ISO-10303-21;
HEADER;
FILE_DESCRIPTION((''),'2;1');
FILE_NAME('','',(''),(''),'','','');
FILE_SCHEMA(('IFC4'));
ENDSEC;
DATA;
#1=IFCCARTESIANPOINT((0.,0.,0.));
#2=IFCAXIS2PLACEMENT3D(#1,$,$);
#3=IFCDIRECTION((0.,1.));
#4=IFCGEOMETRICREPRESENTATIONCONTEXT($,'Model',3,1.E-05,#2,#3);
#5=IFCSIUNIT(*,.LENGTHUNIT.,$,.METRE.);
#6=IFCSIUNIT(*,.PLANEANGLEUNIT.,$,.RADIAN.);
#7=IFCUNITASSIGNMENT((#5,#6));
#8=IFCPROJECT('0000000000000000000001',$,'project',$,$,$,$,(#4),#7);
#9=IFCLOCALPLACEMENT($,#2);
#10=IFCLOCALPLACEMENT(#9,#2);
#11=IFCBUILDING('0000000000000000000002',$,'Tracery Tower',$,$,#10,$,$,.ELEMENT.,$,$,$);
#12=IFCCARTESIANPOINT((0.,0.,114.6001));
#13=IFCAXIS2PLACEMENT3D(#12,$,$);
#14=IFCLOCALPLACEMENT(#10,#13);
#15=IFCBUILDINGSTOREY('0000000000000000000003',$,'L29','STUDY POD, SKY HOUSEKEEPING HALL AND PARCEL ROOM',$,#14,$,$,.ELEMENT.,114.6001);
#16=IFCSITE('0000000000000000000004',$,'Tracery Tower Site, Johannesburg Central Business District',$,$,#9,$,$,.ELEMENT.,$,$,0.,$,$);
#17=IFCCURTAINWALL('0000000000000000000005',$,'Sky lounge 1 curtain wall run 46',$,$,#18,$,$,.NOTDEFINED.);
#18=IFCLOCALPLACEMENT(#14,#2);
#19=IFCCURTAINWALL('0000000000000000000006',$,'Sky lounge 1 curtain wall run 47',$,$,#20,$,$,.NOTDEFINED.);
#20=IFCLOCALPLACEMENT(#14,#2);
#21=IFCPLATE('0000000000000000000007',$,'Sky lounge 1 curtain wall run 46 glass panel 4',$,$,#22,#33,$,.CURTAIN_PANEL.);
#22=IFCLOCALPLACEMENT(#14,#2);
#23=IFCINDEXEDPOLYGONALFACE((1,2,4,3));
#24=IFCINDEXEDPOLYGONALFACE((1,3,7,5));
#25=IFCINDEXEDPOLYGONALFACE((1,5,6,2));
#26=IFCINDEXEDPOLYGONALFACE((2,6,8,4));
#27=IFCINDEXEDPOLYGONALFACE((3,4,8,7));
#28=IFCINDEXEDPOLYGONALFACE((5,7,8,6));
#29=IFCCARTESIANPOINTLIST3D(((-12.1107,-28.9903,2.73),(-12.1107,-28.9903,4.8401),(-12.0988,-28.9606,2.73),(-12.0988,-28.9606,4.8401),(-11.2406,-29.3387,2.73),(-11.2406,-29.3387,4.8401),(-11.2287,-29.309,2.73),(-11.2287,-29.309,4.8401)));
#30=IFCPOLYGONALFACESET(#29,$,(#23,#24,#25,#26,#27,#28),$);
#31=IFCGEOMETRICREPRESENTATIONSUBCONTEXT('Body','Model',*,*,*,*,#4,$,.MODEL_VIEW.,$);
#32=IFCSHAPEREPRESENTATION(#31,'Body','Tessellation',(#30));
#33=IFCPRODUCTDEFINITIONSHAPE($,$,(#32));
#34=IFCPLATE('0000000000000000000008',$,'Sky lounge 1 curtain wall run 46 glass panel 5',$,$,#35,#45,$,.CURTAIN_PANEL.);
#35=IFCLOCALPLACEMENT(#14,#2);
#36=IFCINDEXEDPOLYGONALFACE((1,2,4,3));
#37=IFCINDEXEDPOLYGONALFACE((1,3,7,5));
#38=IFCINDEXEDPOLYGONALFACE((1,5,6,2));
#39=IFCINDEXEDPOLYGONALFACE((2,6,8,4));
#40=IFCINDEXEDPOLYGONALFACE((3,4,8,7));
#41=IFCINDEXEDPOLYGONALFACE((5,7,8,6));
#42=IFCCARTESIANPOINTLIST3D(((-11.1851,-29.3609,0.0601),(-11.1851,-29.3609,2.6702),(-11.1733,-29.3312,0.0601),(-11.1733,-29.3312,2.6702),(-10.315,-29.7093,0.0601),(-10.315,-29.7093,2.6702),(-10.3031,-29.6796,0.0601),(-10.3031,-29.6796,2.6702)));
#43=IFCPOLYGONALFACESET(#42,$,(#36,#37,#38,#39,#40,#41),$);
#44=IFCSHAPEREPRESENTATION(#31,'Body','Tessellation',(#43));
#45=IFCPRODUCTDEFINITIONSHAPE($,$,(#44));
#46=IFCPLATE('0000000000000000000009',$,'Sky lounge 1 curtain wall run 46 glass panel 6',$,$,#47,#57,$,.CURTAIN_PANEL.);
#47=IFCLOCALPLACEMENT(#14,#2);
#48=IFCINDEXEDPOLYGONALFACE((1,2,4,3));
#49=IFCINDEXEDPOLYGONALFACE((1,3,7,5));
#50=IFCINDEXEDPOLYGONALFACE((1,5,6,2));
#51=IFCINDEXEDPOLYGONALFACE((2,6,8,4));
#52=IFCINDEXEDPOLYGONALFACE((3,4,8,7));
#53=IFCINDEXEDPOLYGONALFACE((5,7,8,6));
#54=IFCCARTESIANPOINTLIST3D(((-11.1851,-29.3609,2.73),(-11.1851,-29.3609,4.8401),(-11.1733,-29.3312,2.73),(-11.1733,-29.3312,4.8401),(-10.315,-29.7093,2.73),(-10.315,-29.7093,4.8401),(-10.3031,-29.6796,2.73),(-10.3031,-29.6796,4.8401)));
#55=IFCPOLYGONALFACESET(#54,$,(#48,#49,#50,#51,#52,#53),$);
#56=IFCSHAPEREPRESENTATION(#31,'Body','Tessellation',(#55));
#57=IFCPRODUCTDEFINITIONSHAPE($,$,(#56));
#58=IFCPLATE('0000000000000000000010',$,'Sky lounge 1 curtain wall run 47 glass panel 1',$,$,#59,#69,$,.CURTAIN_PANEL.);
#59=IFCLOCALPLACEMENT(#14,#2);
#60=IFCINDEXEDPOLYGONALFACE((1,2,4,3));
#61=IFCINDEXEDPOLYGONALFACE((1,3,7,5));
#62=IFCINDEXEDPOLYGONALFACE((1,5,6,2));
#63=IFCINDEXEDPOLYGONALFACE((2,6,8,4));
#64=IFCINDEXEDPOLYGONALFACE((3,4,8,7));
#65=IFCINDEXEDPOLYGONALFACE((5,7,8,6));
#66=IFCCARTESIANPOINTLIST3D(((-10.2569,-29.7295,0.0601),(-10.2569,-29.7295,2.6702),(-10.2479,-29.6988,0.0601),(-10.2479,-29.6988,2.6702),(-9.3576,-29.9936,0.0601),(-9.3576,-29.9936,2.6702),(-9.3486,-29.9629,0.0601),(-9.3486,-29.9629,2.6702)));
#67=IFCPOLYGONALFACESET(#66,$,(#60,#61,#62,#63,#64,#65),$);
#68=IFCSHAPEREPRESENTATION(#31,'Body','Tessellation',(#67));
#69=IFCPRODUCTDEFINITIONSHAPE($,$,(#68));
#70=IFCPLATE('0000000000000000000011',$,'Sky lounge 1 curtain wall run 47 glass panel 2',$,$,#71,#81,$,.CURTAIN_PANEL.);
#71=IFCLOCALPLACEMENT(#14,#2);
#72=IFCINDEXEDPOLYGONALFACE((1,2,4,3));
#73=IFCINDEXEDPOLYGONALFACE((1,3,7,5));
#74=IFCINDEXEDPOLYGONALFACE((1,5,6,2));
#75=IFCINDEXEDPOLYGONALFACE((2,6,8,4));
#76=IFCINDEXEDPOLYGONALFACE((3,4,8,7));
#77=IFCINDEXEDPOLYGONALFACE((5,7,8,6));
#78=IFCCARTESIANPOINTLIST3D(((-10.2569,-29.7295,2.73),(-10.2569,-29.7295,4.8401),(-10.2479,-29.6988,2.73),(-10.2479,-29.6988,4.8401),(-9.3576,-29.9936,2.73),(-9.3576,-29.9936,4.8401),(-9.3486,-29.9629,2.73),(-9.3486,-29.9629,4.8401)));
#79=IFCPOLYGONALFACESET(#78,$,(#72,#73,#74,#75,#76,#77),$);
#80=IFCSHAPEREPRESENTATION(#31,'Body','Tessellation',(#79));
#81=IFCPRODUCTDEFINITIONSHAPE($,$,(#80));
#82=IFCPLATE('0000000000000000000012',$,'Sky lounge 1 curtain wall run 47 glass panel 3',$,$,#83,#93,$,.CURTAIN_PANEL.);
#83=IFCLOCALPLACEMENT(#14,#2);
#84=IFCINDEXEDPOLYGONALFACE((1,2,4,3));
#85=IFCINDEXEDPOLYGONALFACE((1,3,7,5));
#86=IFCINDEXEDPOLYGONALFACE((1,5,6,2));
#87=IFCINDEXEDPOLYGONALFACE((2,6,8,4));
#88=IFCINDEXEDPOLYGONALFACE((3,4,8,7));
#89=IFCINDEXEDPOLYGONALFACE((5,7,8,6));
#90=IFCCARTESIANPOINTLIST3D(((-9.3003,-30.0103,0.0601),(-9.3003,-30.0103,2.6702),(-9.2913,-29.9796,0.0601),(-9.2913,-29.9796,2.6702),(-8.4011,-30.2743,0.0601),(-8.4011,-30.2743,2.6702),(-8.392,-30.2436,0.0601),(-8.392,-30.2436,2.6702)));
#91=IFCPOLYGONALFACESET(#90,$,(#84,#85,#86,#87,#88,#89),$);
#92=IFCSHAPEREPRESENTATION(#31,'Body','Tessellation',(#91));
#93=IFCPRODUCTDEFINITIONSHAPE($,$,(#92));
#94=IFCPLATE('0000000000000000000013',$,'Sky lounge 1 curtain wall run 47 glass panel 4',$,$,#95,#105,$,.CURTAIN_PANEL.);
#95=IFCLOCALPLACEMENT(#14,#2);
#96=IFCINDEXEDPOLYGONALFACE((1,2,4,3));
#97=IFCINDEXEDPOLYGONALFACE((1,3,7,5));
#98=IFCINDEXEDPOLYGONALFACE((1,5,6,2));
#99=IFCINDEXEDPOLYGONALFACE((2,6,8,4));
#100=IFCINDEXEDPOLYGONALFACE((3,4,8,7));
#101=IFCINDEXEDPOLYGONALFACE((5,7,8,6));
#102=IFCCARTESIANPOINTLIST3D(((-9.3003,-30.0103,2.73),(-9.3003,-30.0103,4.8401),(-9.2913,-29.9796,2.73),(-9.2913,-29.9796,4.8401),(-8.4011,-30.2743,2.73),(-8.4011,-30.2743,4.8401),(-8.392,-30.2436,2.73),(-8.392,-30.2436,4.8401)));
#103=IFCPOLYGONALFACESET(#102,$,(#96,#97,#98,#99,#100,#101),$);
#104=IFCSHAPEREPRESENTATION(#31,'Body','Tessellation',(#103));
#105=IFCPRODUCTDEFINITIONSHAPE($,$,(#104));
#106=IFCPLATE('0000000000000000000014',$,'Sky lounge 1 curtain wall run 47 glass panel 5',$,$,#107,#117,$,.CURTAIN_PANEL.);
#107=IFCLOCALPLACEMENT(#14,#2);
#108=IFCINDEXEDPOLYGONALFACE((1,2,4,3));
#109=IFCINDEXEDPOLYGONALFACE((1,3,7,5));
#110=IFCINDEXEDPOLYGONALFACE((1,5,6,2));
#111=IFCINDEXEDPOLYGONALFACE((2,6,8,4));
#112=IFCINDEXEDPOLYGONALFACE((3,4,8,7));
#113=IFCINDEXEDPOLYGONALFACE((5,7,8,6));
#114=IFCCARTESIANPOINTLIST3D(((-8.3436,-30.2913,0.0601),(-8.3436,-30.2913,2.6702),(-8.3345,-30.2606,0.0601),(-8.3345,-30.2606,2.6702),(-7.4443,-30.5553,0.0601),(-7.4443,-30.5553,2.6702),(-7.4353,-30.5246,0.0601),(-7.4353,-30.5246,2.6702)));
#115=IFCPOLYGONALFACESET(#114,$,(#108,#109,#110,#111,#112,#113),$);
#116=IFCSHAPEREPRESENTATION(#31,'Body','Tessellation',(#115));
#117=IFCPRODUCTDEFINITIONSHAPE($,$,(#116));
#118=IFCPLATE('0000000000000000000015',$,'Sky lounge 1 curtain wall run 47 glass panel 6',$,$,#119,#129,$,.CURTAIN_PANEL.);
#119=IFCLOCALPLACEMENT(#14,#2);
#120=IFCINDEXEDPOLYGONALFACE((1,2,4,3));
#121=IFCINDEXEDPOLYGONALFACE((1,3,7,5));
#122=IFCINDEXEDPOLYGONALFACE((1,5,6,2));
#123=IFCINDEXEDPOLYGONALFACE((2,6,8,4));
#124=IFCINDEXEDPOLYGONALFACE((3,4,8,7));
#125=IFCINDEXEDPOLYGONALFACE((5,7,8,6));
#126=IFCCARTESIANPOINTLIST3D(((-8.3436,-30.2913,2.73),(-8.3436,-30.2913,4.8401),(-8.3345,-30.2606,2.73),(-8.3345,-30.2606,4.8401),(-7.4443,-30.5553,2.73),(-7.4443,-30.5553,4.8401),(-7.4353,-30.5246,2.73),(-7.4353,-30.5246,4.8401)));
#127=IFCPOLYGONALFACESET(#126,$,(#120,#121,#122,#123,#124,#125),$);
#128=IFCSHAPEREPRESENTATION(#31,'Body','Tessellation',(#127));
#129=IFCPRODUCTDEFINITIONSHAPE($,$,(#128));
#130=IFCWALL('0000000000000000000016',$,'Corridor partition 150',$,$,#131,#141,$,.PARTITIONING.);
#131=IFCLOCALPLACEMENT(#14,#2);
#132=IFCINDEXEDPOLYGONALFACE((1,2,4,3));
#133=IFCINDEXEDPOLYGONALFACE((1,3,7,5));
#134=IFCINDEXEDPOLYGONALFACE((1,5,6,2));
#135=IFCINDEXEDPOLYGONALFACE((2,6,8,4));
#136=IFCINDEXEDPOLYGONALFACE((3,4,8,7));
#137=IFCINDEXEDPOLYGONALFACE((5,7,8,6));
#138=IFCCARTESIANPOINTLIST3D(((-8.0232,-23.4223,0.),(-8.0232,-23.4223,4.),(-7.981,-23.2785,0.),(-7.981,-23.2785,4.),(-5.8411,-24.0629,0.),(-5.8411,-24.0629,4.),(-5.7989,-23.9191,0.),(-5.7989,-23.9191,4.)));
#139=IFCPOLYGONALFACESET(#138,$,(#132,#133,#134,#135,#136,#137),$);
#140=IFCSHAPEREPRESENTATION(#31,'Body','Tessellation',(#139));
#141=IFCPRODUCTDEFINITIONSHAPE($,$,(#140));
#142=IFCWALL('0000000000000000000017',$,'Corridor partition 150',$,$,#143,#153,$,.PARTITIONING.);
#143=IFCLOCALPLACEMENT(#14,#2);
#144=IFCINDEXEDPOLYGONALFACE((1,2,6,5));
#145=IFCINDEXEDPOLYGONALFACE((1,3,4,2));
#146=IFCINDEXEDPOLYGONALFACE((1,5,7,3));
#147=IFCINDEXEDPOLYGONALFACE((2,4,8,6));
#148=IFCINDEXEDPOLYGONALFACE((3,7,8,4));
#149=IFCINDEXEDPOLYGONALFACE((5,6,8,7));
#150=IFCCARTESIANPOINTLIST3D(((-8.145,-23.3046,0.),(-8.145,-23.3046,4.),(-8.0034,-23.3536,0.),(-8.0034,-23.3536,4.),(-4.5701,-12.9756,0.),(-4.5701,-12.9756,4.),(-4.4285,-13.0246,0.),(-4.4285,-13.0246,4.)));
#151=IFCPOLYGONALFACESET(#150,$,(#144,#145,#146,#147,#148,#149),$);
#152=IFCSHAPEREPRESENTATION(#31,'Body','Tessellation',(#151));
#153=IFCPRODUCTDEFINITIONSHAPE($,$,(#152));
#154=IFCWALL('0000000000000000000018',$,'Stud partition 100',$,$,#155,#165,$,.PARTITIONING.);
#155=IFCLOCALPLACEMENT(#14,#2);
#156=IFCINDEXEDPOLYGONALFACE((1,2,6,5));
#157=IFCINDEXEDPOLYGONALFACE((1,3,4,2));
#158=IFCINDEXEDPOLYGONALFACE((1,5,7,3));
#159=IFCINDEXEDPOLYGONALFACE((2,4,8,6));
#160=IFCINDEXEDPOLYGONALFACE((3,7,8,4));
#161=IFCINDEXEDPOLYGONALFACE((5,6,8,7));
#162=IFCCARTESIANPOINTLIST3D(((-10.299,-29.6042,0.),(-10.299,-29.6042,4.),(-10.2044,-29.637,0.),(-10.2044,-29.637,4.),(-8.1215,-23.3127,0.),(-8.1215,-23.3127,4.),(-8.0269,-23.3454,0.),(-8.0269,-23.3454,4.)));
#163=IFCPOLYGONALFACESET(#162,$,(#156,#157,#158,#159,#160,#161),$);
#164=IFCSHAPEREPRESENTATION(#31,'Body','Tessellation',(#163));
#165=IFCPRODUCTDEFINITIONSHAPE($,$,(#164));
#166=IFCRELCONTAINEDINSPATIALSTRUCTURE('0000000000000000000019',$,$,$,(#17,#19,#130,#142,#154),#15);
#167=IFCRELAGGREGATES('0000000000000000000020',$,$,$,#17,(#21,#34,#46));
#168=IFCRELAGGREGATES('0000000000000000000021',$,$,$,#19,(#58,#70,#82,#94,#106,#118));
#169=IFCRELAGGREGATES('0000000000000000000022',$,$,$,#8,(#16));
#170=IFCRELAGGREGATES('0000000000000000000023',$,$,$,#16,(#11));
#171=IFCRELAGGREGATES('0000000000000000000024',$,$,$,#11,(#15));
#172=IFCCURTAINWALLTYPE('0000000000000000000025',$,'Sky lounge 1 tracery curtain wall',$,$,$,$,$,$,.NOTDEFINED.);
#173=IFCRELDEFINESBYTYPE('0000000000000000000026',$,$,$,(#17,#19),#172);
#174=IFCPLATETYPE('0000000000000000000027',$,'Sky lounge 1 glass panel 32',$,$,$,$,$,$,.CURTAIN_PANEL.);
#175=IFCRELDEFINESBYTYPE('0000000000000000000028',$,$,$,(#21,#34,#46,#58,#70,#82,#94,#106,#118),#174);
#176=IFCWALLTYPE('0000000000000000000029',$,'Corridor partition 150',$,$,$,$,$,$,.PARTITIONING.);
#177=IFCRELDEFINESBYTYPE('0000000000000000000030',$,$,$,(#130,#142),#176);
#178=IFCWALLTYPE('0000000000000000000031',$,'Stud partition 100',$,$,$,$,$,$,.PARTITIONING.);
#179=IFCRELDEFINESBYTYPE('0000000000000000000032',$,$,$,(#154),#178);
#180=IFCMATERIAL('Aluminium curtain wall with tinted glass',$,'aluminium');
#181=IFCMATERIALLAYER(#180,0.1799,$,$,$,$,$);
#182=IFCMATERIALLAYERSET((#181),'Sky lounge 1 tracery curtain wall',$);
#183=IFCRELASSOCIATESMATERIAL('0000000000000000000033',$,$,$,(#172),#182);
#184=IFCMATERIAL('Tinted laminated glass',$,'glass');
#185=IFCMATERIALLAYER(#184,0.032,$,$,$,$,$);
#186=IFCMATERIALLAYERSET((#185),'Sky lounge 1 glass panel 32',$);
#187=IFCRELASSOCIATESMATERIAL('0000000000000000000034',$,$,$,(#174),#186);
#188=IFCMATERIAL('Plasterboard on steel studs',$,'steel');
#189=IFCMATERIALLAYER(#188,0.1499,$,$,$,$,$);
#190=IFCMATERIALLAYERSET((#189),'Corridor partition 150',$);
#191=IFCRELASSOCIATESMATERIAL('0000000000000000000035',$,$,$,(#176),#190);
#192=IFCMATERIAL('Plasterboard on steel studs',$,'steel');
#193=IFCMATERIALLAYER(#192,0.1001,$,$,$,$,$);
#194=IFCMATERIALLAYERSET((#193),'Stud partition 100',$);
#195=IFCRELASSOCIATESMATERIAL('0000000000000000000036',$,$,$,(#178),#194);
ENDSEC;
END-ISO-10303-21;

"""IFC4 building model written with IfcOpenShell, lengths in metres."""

from ifc_helpers import new_model, si_unit, direction, frame, frame_2d, origin, origin_2d, place, context, subcontext, project, spatial, rectangle, extrude, material, layer, layer_set, type_object, element, aggregate, save


model = new_model("IFC4")

# Units and contexts
model_context = context("Model", 3, precision=1e-05, world=origin(), true_north=direction((0.0, 1.0)))
body_context = subcontext(model_context, "Body", "Model", "MODEL_VIEW")
ifc_project = project(units=[si_unit("LENGTHUNIT", "METRE"), si_unit("PLANEANGLEUNIT", "RADIAN")], contexts=[model_context])

# Site, building, storey
site_placement = place(None, origin())
site = spatial("IfcSite", under=ifc_project, at=site_placement, Name="Tracery Tower Site, Johannesburg Central Business District", CompositionType="ELEMENT", RefElevation=0.0)
building_placement = place(site_placement, origin())
building = spatial("IfcBuilding", under=site, at=building_placement, Name="Tracery Tower", CompositionType="ELEMENT")
storey_placement = place(building_placement, frame((0.0, 0.0, 114.6001)))
storey = spatial("IfcBuildingStorey", under=building, at=storey_placement, Name="L29", Description="STUDY POD, SKY HOUSEKEEPING HALL AND PARCEL ROOM", CompositionType="ELEMENT", Elevation=114.6001)

# Curtain walls
ifc_material_1 = material(Name="Aluminium curtain wall with tinted glass", Category="aluminium")
ifc_layer_1 = layer(ifc_material_1, 0.1799)
ifc_layer_set_1 = layer_set([ifc_layer_1], Name="Sky lounge 1 tracery curtain wall")
curtain_wall_type = type_object("IfcCurtainWallType", Name="Sky lounge 1 tracery curtain wall", PredefinedType="NOTDEFINED", material=ifc_layer_set_1)
curtain_wall_1_placement = place(storey_placement, origin())
curtain_wall_1 = element("IfcCurtainWall", 1, at=curtain_wall_1_placement, inside=storey, type_object=curtain_wall_type, Name="Sky lounge 1 curtain wall run 46", PredefinedType="NOTDEFINED")
curtain_wall_2_placement = place(storey_placement, origin())
curtain_wall_2 = element("IfcCurtainWall", 2, at=curtain_wall_2_placement, inside=storey, type_object=curtain_wall_type, Name="Sky lounge 1 curtain wall run 47", PredefinedType="NOTDEFINED")

# Shared definitions
ifc_material_2 = material(Name="Tinted laminated glass", Category="glass")
ifc_layer_2 = layer(ifc_material_2, 0.032)
ifc_layer_set_2 = layer_set([ifc_layer_2], Name="Sky lounge 1 glass panel 32")
plate_type = type_object("IfcPlateType", Name="Sky lounge 1 glass panel 32", PredefinedType="CURTAIN_PANEL", material=ifc_layer_set_2)

# Plates
plate_1_placement = place(storey_placement, frame((-11.6697, -29.1497, 2.73), z_axis=(0.0, 0.0, 1.0), x_axis=(0.928368, -0.371662, 0.0)))
plate_1 = element("IfcPlate", 3, at=plate_1_placement, type_object=plate_type, Name="Sky lounge 1 curtain wall run 46 glass panel 4", PredefinedType="CURTAIN_PANEL", context=body_context, shape_type="SweptSolid", body=[
    extrude(rectangle(XDim=0.9373, YDim=0.032, at=origin_2d()), origin(), (0.0, 0.0, 1.0), 2.1101),
])
plate_2_placement = place(storey_placement, frame((-10.7441, -29.5203, 0.0601), z_axis=(0.0, 0.0, 1.0), x_axis=(0.928368, -0.371662, 0.0)))
plate_2 = element("IfcPlate", 4, at=plate_2_placement, type_object=plate_type, Name="Sky lounge 1 curtain wall run 46 glass panel 5", PredefinedType="CURTAIN_PANEL", context=body_context, shape_type="SweptSolid", body=[
    extrude(rectangle(XDim=0.9373, YDim=0.032, at=origin_2d()), origin(), (0.0, 0.0, 1.0), 2.6101),
])
plate_3_placement = place(storey_placement, frame((-10.7441, -29.5203, 2.73), z_axis=(0.0, 0.0, 1.0), x_axis=(0.928368, -0.371662, 0.0)))
plate_3 = element("IfcPlate", 5, at=plate_3_placement, type_object=plate_type, Name="Sky lounge 1 curtain wall run 46 glass panel 6", PredefinedType="CURTAIN_PANEL", context=body_context, shape_type="SweptSolid", body=[
    extrude(rectangle(XDim=0.9373, YDim=0.032, at=origin_2d()), origin(), (0.0, 0.0, 1.0), 2.1101),
])
aggregate(curtain_wall_1, [plate_1, plate_2, plate_3])
plate_4_placement = place(storey_placement, frame((-9.8027, -29.8462, 0.0601), z_axis=(0.0, 0.0, 1.0), x_axis=(0.959493, -0.281733, 0.0)))
plate_4 = element("IfcPlate", 6, at=plate_4_placement, type_object=plate_type, Name="Sky lounge 1 curtain wall run 47 glass panel 1", PredefinedType="CURTAIN_PANEL", context=body_context, shape_type="SweptSolid", body=[
    extrude(rectangle(XDim=0.9373, YDim=0.032, at=origin_2d()), origin(), (0.0, 0.0, 1.0), 2.6101),
])
plate_5_placement = place(storey_placement, frame((-9.8027, -29.8462, 2.73), z_axis=(0.0, 0.0, 1.0), x_axis=(0.959493, -0.281733, 0.0)))
plate_5 = element("IfcPlate", 7, at=plate_5_placement, type_object=plate_type, Name="Sky lounge 1 curtain wall run 47 glass panel 2", PredefinedType="CURTAIN_PANEL", context=body_context, shape_type="SweptSolid", body=[
    extrude(rectangle(XDim=0.9373, YDim=0.032, at=origin_2d()), origin(), (0.0, 0.0, 1.0), 2.1101),
])
plate_6_placement = place(storey_placement, frame((-8.8462, -30.127, 0.0601), z_axis=(0.0, 0.0, 1.0), x_axis=(0.959493, -0.281733, 0.0)))
plate_6 = element("IfcPlate", 8, at=plate_6_placement, type_object=plate_type, Name="Sky lounge 1 curtain wall run 47 glass panel 3", PredefinedType="CURTAIN_PANEL", context=body_context, shape_type="SweptSolid", body=[
    extrude(rectangle(XDim=0.9373, YDim=0.032, at=origin_2d()), origin(), (0.0, 0.0, 1.0), 2.6101),
])
plate_7_placement = place(storey_placement, frame((-8.8462, -30.127, 2.73), z_axis=(0.0, 0.0, 1.0), x_axis=(0.959493, -0.281733, 0.0)))
plate_7 = element("IfcPlate", 9, at=plate_7_placement, type_object=plate_type, Name="Sky lounge 1 curtain wall run 47 glass panel 4", PredefinedType="CURTAIN_PANEL", context=body_context, shape_type="SweptSolid", body=[
    extrude(rectangle(XDim=0.9373, YDim=0.032, at=origin_2d()), origin(), (0.0, 0.0, 1.0), 2.1101),
])
plate_8_placement = place(storey_placement, frame((-7.8894, -30.408, 0.0601), z_axis=(0.0, 0.0, 1.0), x_axis=(0.959493, -0.281733, 0.0)))
plate_8 = element("IfcPlate", 10, at=plate_8_placement, type_object=plate_type, Name="Sky lounge 1 curtain wall run 47 glass panel 5", PredefinedType="CURTAIN_PANEL", context=body_context, shape_type="SweptSolid", body=[
    extrude(rectangle(XDim=0.9373, YDim=0.032, at=origin_2d()), origin(), (0.0, 0.0, 1.0), 2.6101),
])
plate_9_placement = place(storey_placement, frame((-7.8894, -30.408, 2.73), z_axis=(0.0, 0.0, 1.0), x_axis=(0.959493, -0.281733, 0.0)))
plate_9 = element("IfcPlate", 11, at=plate_9_placement, type_object=plate_type, Name="Sky lounge 1 curtain wall run 47 glass panel 6", PredefinedType="CURTAIN_PANEL", context=body_context, shape_type="SweptSolid", body=[
    extrude(rectangle(XDim=0.9373, YDim=0.032, at=origin_2d()), origin(), (0.0, 0.0, 1.0), 2.1101),
])
aggregate(curtain_wall_2, [plate_4, plate_5, plate_6, plate_7, plate_8, plate_9])

# Walls
ifc_material_3 = material(Name="Plasterboard on steel studs", Category="steel")
ifc_layer_3 = layer(ifc_material_3, 0.1499)
ifc_layer_set_3 = layer_set([ifc_layer_3], Name="Corridor partition 150")
wall_type_1 = type_object("IfcWallType", Name="Corridor partition 150", PredefinedType="PARTITIONING", material=ifc_layer_set_3)
wall_1_placement = place(storey_placement, frame((-8.0022, -23.3503, 0.0), z_axis=(0.0, 0.0, 1.0), x_axis=(0.959506, -0.28169, 0.0)))
element("IfcWall", 12, at=wall_1_placement, inside=storey, type_object=wall_type_1, Name="Corridor partition 150", PredefinedType="PARTITIONING", context=body_context, shape_type="SweptSolid", body=[
    extrude(rectangle(XDim=2.2742, YDim=0.1499, at=frame_2d((1.1372, 0.0))), origin(), (0.0, 0.0, 1.0), 4.0),
])
wall_2_placement = place(storey_placement, frame((-8.0742, -23.3291, 0.0), z_axis=(0.0, 0.0, 1.0), x_axis=(0.327069, 0.945, 0.0)))
element("IfcWall", 13, at=wall_2_placement, inside=storey, type_object=wall_type_1, Name="Corridor partition 150", PredefinedType="PARTITIONING", context=body_context, shape_type="SweptSolid", body=[
    extrude(rectangle(XDim=10.9302, YDim=0.1499, at=frame_2d((5.4651, 0.0))), origin(), (0.0, 0.0, 1.0), 4.0),
])
ifc_material_4 = material(Name="Plasterboard on steel studs", Category="steel")
ifc_layer_4 = layer(ifc_material_4, 0.1001)
ifc_layer_set_4 = layer_set([ifc_layer_4], Name="Stud partition 100")
wall_type_2 = type_object("IfcWallType", Name="Stud partition 100", PredefinedType="PARTITIONING", material=ifc_layer_set_4)
wall_3_placement = place(storey_placement, frame((-10.2517, -29.6206, 0.0), z_axis=(0.0, 0.0, 1.0), x_axis=(0.327065, 0.945002, 0.0)))
element("IfcWall", 14, at=wall_3_placement, inside=storey, type_object=wall_type_2, Name="Stud partition 100", PredefinedType="PARTITIONING", context=body_context, shape_type="SweptSolid", body=[
    extrude(rectangle(XDim=6.6577, YDim=0.1001, at=frame_2d((3.3289, 0.0))), origin(), (0.0, 0.0, 1.0), 4.0),
])

save(model, "model.ifc")
